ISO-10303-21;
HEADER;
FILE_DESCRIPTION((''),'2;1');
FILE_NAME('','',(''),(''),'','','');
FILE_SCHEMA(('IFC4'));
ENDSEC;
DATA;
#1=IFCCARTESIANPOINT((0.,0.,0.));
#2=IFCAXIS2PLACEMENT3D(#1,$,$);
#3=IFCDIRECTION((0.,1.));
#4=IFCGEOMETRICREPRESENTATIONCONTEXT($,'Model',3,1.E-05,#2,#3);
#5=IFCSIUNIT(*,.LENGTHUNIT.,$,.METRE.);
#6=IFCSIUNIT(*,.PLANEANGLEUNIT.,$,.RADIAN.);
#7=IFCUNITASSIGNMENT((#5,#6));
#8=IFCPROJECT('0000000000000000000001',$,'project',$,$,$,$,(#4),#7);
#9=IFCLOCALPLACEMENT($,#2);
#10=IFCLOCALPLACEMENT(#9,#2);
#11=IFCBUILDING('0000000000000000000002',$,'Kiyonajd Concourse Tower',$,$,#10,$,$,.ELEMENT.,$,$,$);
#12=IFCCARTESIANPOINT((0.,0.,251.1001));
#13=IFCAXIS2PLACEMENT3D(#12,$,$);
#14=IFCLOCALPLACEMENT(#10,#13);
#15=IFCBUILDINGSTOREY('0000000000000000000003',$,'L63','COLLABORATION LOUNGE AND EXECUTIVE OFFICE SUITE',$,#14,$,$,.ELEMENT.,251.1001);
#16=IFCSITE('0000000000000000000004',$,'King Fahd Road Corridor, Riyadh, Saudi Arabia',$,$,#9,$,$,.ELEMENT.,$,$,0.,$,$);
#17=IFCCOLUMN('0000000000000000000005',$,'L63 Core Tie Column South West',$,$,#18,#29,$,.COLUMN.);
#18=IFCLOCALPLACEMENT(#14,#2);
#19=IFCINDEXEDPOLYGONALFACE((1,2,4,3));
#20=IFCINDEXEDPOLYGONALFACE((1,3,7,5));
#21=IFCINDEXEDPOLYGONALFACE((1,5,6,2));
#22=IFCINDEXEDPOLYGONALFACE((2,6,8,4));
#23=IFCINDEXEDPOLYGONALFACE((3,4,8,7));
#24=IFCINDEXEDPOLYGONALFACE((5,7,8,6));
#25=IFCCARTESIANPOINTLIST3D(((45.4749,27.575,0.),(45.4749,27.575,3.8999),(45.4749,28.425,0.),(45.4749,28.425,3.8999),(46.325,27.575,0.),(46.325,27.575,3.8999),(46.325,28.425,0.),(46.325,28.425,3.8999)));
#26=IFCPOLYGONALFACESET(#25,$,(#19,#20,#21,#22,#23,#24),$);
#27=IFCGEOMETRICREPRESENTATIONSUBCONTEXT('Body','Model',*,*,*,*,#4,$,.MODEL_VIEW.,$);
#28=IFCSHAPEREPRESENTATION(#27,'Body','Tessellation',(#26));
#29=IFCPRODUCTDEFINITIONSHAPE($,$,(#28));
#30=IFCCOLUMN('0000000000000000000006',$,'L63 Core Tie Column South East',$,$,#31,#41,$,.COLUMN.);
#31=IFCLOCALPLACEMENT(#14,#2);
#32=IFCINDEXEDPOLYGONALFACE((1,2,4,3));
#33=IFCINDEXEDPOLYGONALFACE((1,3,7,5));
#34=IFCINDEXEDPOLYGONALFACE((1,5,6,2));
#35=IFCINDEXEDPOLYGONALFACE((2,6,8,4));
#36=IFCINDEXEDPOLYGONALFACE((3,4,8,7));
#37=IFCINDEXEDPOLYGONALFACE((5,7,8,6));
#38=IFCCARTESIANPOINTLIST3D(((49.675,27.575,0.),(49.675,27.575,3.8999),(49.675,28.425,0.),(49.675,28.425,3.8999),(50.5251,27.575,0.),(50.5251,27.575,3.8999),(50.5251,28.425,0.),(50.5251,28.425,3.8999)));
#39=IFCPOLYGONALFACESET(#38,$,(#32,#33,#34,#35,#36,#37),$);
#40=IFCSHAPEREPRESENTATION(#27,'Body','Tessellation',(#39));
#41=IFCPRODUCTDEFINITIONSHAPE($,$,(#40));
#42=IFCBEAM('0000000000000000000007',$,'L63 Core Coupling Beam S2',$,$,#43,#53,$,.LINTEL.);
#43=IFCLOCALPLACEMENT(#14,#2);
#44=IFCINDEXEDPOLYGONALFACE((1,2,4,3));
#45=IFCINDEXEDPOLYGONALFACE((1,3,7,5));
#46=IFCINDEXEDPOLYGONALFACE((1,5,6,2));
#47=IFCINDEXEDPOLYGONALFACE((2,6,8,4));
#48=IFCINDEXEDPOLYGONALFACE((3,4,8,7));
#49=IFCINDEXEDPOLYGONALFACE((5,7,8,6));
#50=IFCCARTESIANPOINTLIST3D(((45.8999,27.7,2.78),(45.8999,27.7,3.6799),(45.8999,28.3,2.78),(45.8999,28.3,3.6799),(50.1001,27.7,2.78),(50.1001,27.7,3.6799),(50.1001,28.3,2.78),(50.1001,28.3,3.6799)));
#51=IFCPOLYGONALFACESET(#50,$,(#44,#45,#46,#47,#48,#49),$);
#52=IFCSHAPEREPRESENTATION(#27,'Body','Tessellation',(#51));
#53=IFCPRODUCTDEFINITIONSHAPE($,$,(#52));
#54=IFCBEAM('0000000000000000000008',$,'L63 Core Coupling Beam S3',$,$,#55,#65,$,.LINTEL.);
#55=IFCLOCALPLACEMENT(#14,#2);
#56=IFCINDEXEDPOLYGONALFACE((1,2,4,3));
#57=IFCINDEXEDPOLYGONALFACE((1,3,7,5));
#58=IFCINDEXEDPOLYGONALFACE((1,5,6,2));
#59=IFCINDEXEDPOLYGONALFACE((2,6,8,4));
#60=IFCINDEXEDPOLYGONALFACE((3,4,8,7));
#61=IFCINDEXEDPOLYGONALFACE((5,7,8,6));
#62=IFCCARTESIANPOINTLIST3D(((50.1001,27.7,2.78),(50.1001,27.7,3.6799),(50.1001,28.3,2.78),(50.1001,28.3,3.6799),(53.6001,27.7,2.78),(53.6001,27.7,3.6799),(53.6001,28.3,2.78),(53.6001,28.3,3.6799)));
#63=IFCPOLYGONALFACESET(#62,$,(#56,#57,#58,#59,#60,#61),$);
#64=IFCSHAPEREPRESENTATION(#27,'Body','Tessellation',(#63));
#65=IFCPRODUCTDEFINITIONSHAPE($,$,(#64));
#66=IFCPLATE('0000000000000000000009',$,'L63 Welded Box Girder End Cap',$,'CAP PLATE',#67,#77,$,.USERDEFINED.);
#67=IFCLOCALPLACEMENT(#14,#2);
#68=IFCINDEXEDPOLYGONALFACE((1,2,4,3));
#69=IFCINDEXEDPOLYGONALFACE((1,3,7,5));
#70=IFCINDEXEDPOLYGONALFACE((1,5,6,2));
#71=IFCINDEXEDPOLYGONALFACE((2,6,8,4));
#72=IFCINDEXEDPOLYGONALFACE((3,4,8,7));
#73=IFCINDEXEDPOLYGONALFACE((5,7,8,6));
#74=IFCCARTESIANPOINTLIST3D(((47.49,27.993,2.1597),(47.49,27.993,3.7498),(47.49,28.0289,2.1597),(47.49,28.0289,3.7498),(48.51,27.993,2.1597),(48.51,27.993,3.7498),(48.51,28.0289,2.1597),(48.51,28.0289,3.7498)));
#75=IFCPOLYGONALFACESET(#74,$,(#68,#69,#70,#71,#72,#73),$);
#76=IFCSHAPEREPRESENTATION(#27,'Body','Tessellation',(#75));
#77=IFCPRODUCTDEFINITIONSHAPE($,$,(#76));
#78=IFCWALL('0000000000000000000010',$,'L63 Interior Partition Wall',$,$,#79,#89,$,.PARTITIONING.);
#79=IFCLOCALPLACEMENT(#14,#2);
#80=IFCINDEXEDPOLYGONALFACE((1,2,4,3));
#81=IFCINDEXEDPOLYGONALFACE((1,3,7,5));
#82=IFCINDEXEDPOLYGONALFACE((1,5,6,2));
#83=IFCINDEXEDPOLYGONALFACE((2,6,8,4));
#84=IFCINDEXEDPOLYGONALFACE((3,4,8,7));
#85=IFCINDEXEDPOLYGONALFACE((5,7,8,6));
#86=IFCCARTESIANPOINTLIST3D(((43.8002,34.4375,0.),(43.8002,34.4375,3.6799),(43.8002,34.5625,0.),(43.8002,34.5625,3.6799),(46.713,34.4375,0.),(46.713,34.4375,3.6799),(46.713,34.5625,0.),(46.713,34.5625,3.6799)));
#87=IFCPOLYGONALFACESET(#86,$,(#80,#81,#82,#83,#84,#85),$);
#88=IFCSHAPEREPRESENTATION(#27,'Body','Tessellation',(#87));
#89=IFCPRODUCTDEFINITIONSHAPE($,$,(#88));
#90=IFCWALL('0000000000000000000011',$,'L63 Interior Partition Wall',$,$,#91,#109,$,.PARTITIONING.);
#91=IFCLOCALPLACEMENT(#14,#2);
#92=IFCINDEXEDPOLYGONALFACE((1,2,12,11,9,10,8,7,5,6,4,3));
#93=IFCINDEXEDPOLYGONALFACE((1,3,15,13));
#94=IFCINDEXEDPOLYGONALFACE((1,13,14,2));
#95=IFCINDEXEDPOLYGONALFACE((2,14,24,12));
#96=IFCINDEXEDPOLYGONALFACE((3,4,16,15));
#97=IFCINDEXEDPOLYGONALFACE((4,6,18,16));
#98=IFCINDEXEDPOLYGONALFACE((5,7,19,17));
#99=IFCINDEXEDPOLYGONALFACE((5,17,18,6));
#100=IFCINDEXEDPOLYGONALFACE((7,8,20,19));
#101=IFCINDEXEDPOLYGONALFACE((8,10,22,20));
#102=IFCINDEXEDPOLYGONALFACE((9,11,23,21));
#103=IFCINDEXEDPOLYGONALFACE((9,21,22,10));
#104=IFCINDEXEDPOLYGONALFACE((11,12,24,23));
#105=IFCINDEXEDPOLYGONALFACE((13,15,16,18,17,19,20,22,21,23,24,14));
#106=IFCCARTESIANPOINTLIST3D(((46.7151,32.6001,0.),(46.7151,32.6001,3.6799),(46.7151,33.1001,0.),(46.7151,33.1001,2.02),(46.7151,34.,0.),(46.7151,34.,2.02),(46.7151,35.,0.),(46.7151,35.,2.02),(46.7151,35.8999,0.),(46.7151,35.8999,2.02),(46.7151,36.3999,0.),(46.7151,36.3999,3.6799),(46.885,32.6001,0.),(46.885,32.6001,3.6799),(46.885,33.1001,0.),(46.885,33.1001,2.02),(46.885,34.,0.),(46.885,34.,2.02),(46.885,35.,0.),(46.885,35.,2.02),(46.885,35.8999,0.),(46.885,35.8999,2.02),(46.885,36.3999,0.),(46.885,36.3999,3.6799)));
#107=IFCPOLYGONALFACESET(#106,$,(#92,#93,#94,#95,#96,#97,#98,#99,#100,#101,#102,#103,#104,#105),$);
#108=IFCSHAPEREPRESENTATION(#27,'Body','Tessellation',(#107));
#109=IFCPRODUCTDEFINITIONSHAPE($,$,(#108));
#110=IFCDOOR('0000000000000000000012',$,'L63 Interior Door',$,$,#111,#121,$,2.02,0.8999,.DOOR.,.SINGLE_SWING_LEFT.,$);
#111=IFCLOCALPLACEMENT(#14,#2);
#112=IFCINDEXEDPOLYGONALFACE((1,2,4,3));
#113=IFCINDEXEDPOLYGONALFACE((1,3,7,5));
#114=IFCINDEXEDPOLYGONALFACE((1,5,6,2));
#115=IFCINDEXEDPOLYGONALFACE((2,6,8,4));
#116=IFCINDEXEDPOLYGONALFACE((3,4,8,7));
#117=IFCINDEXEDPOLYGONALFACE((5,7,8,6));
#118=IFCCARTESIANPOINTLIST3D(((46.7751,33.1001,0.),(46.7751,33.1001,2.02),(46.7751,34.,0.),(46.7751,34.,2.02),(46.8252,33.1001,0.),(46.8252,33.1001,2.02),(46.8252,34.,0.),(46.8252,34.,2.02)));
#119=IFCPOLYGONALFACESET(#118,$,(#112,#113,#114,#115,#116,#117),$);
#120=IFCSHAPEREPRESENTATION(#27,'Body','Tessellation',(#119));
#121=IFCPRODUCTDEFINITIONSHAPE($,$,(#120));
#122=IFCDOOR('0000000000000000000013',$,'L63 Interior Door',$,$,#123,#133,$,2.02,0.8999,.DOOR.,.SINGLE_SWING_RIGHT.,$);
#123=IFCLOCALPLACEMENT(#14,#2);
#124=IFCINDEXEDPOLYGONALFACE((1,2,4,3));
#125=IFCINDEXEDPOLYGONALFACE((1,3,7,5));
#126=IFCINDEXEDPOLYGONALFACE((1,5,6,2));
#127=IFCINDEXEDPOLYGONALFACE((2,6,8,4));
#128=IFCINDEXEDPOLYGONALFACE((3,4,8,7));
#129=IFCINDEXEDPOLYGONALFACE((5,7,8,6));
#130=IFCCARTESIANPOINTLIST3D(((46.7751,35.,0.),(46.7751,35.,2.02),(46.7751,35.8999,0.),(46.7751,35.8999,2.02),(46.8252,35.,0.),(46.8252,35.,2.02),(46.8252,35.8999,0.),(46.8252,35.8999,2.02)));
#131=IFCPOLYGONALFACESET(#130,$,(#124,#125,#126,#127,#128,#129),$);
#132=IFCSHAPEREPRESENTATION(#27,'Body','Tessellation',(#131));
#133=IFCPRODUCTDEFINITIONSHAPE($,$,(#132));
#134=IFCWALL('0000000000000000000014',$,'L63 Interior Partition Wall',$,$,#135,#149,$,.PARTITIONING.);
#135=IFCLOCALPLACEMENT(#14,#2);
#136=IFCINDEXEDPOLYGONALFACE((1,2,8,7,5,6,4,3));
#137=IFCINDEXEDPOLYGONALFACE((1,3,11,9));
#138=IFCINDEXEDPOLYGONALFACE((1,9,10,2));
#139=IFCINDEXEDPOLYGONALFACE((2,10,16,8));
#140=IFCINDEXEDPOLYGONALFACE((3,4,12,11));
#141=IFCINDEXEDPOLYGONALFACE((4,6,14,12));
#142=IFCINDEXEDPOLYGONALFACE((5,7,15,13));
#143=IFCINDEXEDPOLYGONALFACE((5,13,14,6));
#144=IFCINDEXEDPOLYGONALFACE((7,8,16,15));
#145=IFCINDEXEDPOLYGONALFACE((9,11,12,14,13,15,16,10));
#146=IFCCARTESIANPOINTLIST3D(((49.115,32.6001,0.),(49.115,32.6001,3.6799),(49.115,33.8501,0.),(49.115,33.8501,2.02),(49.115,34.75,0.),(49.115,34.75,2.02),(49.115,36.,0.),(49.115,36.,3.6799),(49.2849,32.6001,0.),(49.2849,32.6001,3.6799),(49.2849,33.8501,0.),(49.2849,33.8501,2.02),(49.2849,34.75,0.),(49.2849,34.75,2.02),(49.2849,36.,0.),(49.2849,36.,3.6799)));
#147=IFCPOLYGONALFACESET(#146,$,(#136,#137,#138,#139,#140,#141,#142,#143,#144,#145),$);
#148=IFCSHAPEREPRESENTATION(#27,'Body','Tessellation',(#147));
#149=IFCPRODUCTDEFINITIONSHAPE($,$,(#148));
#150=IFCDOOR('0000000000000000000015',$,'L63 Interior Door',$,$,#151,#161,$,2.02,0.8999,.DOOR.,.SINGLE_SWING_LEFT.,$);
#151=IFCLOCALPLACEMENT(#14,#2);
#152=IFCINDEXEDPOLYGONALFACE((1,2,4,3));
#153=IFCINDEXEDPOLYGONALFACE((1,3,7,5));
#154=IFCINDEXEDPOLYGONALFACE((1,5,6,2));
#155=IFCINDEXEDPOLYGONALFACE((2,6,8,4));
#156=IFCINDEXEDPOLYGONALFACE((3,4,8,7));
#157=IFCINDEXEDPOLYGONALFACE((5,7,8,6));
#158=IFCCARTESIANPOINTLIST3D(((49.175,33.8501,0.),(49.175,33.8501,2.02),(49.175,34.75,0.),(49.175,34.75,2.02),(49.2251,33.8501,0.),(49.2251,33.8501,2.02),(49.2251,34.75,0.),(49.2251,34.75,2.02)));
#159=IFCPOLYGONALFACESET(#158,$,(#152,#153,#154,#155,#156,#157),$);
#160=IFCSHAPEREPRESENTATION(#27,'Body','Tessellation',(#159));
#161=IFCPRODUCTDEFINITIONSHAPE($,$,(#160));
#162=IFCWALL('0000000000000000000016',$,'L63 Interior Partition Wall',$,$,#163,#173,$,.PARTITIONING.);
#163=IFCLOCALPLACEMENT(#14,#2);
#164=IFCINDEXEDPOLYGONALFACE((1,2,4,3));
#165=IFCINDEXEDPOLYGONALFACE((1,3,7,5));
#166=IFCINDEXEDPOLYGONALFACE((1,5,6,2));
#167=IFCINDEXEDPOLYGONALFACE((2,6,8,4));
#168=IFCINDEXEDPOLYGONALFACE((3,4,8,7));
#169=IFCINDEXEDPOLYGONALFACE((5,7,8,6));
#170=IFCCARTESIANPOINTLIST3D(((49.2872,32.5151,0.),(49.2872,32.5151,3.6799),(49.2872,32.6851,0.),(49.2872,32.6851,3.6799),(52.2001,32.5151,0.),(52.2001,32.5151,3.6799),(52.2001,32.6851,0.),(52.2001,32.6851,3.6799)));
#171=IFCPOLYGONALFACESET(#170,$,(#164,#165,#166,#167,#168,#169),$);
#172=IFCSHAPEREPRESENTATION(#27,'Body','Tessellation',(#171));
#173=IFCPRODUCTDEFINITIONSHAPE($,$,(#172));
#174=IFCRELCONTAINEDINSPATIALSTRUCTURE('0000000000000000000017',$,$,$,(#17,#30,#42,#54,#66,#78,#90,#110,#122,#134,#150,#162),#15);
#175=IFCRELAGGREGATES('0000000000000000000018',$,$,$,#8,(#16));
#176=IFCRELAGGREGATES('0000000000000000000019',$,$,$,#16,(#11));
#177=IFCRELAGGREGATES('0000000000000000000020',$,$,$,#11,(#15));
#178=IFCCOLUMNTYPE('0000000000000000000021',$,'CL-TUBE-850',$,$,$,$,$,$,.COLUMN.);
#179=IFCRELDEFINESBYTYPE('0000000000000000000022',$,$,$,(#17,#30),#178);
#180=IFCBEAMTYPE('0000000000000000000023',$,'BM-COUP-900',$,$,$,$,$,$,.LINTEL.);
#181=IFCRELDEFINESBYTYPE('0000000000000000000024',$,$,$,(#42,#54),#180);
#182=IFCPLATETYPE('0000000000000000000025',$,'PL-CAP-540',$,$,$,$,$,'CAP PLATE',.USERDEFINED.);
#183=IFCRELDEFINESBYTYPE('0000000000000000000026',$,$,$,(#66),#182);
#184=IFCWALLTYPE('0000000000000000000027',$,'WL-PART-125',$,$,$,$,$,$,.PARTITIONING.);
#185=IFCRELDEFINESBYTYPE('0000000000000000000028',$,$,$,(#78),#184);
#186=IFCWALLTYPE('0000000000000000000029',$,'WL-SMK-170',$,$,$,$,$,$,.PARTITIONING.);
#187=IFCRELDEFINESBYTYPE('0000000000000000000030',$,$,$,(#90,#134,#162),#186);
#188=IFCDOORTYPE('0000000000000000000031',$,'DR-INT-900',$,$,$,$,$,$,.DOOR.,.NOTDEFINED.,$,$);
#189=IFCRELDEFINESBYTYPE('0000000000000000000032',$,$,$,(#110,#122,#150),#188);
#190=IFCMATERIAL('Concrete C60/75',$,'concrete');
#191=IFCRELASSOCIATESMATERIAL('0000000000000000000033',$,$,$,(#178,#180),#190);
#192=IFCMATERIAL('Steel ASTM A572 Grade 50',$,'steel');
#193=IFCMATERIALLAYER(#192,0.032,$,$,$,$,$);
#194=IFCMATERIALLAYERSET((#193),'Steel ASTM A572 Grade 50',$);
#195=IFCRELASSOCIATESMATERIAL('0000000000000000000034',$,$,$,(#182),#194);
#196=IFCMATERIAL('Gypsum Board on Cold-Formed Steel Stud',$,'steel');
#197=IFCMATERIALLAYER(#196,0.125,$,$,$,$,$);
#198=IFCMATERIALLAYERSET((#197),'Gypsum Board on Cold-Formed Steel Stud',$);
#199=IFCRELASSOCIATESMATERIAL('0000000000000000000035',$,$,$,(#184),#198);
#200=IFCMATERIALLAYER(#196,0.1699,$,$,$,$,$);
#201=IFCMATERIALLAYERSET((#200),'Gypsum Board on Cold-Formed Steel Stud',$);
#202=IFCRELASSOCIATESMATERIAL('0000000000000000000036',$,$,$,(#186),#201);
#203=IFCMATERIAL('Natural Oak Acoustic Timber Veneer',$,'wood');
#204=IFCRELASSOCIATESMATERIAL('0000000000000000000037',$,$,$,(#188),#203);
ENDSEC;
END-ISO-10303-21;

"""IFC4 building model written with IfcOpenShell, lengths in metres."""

from ifc_helpers import new_model, si_unit, direction, frame, frame_2d, origin, origin_2d, place, context, subcontext, project, spatial, rectangle, extrude, material, layer, layer_set, material_profile, profile_set, type_object, element, fill, save


model = new_model("IFC4")

# Units and contexts
model_context = context("Model", 3, precision=1e-05, world=origin(), true_north=direction((0.0, 1.0)))
body_context = subcontext(model_context, "Body", "Model", "MODEL_VIEW")
ifc_project = project(units=[si_unit("LENGTHUNIT", "METRE"), si_unit("PLANEANGLEUNIT", "RADIAN")], contexts=[model_context])

# Site, building, storey
site_placement = place(None, origin())
site = spatial("IfcSite", under=ifc_project, at=site_placement, Name="King Fahd Road Corridor, Riyadh, Saudi Arabia", CompositionType="ELEMENT", RefElevation=0.0)
building_placement = place(site_placement, origin())
building = spatial("IfcBuilding", under=site, at=building_placement, Name="Kiyonajd Concourse Tower", CompositionType="ELEMENT")
storey_placement = place(building_placement, frame((0.0, 0.0, 251.1001)))
storey = spatial("IfcBuildingStorey", under=building, at=storey_placement, Name="L63", Description="COLLABORATION LOUNGE AND EXECUTIVE OFFICE SUITE", CompositionType="ELEMENT", Elevation=251.1001)

# Columns
ifc_material_1 = material(Name="Concrete C60/75", Category="concrete")
ifc_material_profile_1 = material_profile(ifc_material_1, rectangle(XDim=0.8501, YDim=0.8501, at=origin_2d()), Name="RC-850x850")
ifc_profile_set_1 = profile_set([ifc_material_profile_1], Name="Concrete C60/75")
column_type = type_object("IfcColumnType", Name="CL-TUBE-850", PredefinedType="COLUMN", material=ifc_profile_set_1)
for number, where, z_axis, x_axis, name in (
    (1, (45.8999, 28.0, 0.0), (0.0, 0.0, 1.0), (1.0, 0.0, 0.0), "L63 Core Tie Column South West"),
    (2, (50.1001, 28.0, 0.0), (0.0, 0.0, 1.0), (1.0, 0.0, 0.0), "L63 Core Tie Column South East"),
):
    element("IfcColumn", number, at=place(storey_placement, frame(where, z_axis=z_axis, x_axis=x_axis)), inside=storey, type_object=column_type, Name=name, PredefinedType="COLUMN", context=body_context, shape_type="SweptSolid", body=[
        extrude(rectangle(XDim=0.8501, YDim=0.8501, at=origin_2d()), origin(), (0.0, 0.0, 1.0), 3.8999),
    ])

# Beams
ifc_material_profile_2 = material_profile(ifc_material_1, rectangle(XDim=0.6001, YDim=0.8999, at=origin_2d()), Name="RCBM-600x900")
ifc_profile_set_2 = profile_set([ifc_material_profile_2], Name="Concrete C60/75")
beam_type = type_object("IfcBeamType", Name="BM-COUP-900", PredefinedType="LINTEL", material=ifc_profile_set_2)
beam_1_placement = place(storey_placement, frame((45.8999, 28.0, 3.23), z_axis=(1.0, 0.0, 0.0), x_axis=(0.0, 1.0, 0.0)))
element("IfcBeam", 3, at=beam_1_placement, inside=storey, type_object=beam_type, Name="L63 Core Coupling Beam S2", PredefinedType="LINTEL", context=body_context, shape_type="SweptSolid", body=[
    extrude(rectangle(XDim=0.6001, YDim=0.8999, at=origin_2d()), origin(), (0.0, 0.0, 1.0), 4.2002),
])
beam_2_placement = place(storey_placement, frame((50.1001, 28.0, 3.23), z_axis=(1.0, 0.0, 0.0), x_axis=(0.0, 1.0, 0.0)))
element("IfcBeam", 4, at=beam_2_placement, inside=storey, type_object=beam_type, Name="L63 Core Coupling Beam S3", PredefinedType="LINTEL", context=body_context, shape_type="SweptSolid", body=[
    extrude(rectangle(XDim=0.6001, YDim=0.8999, at=origin_2d()), origin(), (0.0, 0.0, 1.0), 3.5),
])

# Plate
ifc_material_2 = material(Name="Steel ASTM A572 Grade 50", Category="steel")
ifc_layer_1 = layer(ifc_material_2, 0.032)
ifc_layer_set_1 = layer_set([ifc_layer_1], Name="Steel ASTM A572 Grade 50")
plate_type = type_object("IfcPlateType", Name="PL-CAP-540", ElementType="CAP PLATE", PredefinedType="USERDEFINED", material=ifc_layer_set_1)
plate_placement = place(storey_placement, frame((48.0, 28.011, 2.1597), z_axis=(0.0, 0.0, 1.0), x_axis=(0.0, 1.0, 0.0)))
element("IfcPlate", 5, at=plate_placement, inside=storey, type_object=plate_type, Name="L63 Welded Box Girder End Cap", ObjectType="CAP PLATE", PredefinedType="USERDEFINED", context=body_context, shape_type="SweptSolid", body=[
    extrude(rectangle(XDim=0.0359, YDim=1.02, at=origin_2d()), origin(), (0.0, 0.0, 1.0), 1.5901),
])

# Wall
ifc_material_3 = material(Name="Gypsum Board on Cold-Formed Steel Stud", Category="steel")
ifc_layer_2 = layer(ifc_material_3, 0.125)
ifc_layer_set_2 = layer_set([ifc_layer_2], Name="Gypsum Board on Cold-Formed Steel Stud")
wall_type_1 = type_object("IfcWallType", Name="WL-PART-125", PredefinedType="PARTITIONING", material=ifc_layer_set_2)
wall_1_placement = place(storey_placement, frame((43.8, 34.5, 0.0), z_axis=(0.0, 0.0, 1.0), x_axis=(1.0, 0.0, 0.0)))
element("IfcWall", 6, at=wall_1_placement, inside=storey, type_object=wall_type_1, Name="L63 Interior Partition Wall", PredefinedType="PARTITIONING", context=body_context, shape_type="SweptSolid", body=[
    extrude(rectangle(XDim=2.9128, YDim=0.125, at=frame_2d((1.4565, 0.0))), origin(), (0.0, 0.0, 1.0), 3.6799),
])

# Wall, openings, doors
ifc_layer_3 = layer(ifc_material_3, 0.1699)
ifc_layer_set_3 = layer_set([ifc_layer_3], Name="Gypsum Board on Cold-Formed Steel Stud")
wall_type_2 = type_object("IfcWallType", Name="WL-SMK-170", PredefinedType="PARTITIONING", material=ifc_layer_set_3)
wall_2_placement = place(storey_placement, frame((46.8, 32.6001, 0.0), z_axis=(0.0, 0.0, 1.0), x_axis=(0.0, 1.0, 0.0)))
wall_2 = element("IfcWall", 7, at=wall_2_placement, inside=storey, type_object=wall_type_2, Name="L63 Interior Partition Wall", PredefinedType="PARTITIONING", context=body_context, shape_type="SweptSolid", body=[
    extrude(rectangle(XDim=3.7998, YDim=0.1699, at=frame_2d((1.8999, 0.0))), origin(), (0.0, 0.0, 1.0), 3.6799),
])
opening_1_placement = place(wall_2_placement, frame((0.5, 0.0, 0.0)))
opening_1 = element("IfcOpeningElement", 8, at=opening_1_placement, cuts=wall_2, PredefinedType="OPENING", context=body_context, shape_type="SweptSolid", body=[
    extrude(rectangle(XDim=0.8999, YDim=2.02, at=frame_2d((0.45, 1.01))), frame((0.0, 0.095, 0.0), z_axis=(0.0, -1.0, 0.0), x_axis=(1.0, 0.0, 0.0)), (0.0, 0.0, 1.0), 0.1899),
])
opening_2_placement = place(wall_2_placement, frame((2.3999, 0.0, 0.0)))
opening_2 = element("IfcOpeningElement", 9, at=opening_2_placement, cuts=wall_2, PredefinedType="OPENING", context=body_context, shape_type="SweptSolid", body=[
    extrude(rectangle(XDim=0.8999, YDim=2.02, at=frame_2d((0.45, 1.01))), frame((0.0, 0.095, 0.0), z_axis=(0.0, -1.0, 0.0), x_axis=(1.0, 0.0, 0.0)), (0.0, 0.0, 1.0), 0.1899),
])
ifc_material_4 = material(Name="Natural Oak Acoustic Timber Veneer", Category="wood")
door_type = type_object("IfcDoorType", Name="DR-INT-900", OperationType="NOTDEFINED", PredefinedType="DOOR", material=ifc_material_4)
door_1_placement = place(opening_1_placement, origin())
door_1 = element("IfcDoor", 10, at=door_1_placement, inside=storey, type_object=door_type, Name="L63 Interior Door", OperationType="SINGLE_SWING_LEFT", OverallHeight=2.02, OverallWidth=0.8999, PredefinedType="DOOR", context=body_context, shape_type="SweptSolid", body=[
    extrude(rectangle(XDim=0.8999, YDim=2.02, at=frame_2d((0.45, 1.01))), frame((0.0, 0.0249, 0.0), z_axis=(0.0, -1.0, 0.0), x_axis=(1.0, 0.0, 0.0)), (0.0, 0.0, 1.0), 0.05),
])
fill(opening_1, door_1)
door_2_placement = place(opening_2_placement, origin())
door_2 = element("IfcDoor", 11, at=door_2_placement, inside=storey, type_object=door_type, Name="L63 Interior Door", OperationType="SINGLE_SWING_RIGHT", OverallHeight=2.02, OverallWidth=0.8999, PredefinedType="DOOR", context=body_context, shape_type="SweptSolid", body=[
    extrude(rectangle(XDim=0.8999, YDim=2.02, at=frame_2d((0.45, 1.01))), frame((0.0, 0.0249, 0.0), z_axis=(0.0, -1.0, 0.0), x_axis=(1.0, 0.0, 0.0)), (0.0, 0.0, 1.0), 0.05),
])
fill(opening_2, door_2)

# Wall, opening, door
wall_3_placement = place(storey_placement, frame((49.2, 32.6001, 0.0), z_axis=(0.0, 0.0, 1.0), x_axis=(0.0, 1.0, 0.0)))
wall_3 = element("IfcWall", 12, at=wall_3_placement, inside=storey, type_object=wall_type_2, Name="L63 Interior Partition Wall", PredefinedType="PARTITIONING", context=body_context, shape_type="SweptSolid", body=[
    extrude(rectangle(XDim=3.3999, YDim=0.1699, at=frame_2d((1.7, 0.0))), origin(), (0.0, 0.0, 1.0), 3.6799),
])
opening_3_placement = place(wall_3_placement, frame((1.25, 0.0, 0.0)))
opening_3 = element("IfcOpeningElement", 13, at=opening_3_placement, cuts=wall_3, PredefinedType="OPENING", context=body_context, shape_type="SweptSolid", body=[
    extrude(rectangle(XDim=0.8999, YDim=2.02, at=frame_2d((0.45, 1.01))), frame((0.0, 0.095, 0.0), z_axis=(0.0, -1.0, 0.0), x_axis=(1.0, 0.0, 0.0)), (0.0, 0.0, 1.0), 0.1899),
])
door_3_placement = place(opening_3_placement, origin())
door_3 = element("IfcDoor", 14, at=door_3_placement, inside=storey, type_object=door_type, Name="L63 Interior Door", OperationType="SINGLE_SWING_LEFT", OverallHeight=2.02, OverallWidth=0.8999, PredefinedType="DOOR", context=body_context, shape_type="SweptSolid", body=[
    extrude(rectangle(XDim=0.8999, YDim=2.02, at=frame_2d((0.45, 1.01))), frame((0.0, 0.0249, 0.0), z_axis=(0.0, -1.0, 0.0), x_axis=(1.0, 0.0, 0.0)), (0.0, 0.0, 1.0), 0.05),
])
fill(opening_3, door_3)

# Wall
for number, where, z_axis, x_axis, name in (
    (15, (49.2871, 32.6001, 0.0), (0.0, 0.0, 1.0), (1.0, 0.0, 0.0), "L63 Interior Partition Wall"),
):
    element("IfcWall", number, at=place(storey_placement, frame(where, z_axis=z_axis, x_axis=x_axis)), inside=storey, type_object=wall_type_2, Name=name, PredefinedType="PARTITIONING", context=body_context, shape_type="SweptSolid", body=[
        extrude(rectangle(XDim=2.9128, YDim=0.1699, at=frame_2d((1.4565, 0.0))), origin(), (0.0, 0.0, 1.0), 3.6799),
    ])

save(model, "model.ifc")
